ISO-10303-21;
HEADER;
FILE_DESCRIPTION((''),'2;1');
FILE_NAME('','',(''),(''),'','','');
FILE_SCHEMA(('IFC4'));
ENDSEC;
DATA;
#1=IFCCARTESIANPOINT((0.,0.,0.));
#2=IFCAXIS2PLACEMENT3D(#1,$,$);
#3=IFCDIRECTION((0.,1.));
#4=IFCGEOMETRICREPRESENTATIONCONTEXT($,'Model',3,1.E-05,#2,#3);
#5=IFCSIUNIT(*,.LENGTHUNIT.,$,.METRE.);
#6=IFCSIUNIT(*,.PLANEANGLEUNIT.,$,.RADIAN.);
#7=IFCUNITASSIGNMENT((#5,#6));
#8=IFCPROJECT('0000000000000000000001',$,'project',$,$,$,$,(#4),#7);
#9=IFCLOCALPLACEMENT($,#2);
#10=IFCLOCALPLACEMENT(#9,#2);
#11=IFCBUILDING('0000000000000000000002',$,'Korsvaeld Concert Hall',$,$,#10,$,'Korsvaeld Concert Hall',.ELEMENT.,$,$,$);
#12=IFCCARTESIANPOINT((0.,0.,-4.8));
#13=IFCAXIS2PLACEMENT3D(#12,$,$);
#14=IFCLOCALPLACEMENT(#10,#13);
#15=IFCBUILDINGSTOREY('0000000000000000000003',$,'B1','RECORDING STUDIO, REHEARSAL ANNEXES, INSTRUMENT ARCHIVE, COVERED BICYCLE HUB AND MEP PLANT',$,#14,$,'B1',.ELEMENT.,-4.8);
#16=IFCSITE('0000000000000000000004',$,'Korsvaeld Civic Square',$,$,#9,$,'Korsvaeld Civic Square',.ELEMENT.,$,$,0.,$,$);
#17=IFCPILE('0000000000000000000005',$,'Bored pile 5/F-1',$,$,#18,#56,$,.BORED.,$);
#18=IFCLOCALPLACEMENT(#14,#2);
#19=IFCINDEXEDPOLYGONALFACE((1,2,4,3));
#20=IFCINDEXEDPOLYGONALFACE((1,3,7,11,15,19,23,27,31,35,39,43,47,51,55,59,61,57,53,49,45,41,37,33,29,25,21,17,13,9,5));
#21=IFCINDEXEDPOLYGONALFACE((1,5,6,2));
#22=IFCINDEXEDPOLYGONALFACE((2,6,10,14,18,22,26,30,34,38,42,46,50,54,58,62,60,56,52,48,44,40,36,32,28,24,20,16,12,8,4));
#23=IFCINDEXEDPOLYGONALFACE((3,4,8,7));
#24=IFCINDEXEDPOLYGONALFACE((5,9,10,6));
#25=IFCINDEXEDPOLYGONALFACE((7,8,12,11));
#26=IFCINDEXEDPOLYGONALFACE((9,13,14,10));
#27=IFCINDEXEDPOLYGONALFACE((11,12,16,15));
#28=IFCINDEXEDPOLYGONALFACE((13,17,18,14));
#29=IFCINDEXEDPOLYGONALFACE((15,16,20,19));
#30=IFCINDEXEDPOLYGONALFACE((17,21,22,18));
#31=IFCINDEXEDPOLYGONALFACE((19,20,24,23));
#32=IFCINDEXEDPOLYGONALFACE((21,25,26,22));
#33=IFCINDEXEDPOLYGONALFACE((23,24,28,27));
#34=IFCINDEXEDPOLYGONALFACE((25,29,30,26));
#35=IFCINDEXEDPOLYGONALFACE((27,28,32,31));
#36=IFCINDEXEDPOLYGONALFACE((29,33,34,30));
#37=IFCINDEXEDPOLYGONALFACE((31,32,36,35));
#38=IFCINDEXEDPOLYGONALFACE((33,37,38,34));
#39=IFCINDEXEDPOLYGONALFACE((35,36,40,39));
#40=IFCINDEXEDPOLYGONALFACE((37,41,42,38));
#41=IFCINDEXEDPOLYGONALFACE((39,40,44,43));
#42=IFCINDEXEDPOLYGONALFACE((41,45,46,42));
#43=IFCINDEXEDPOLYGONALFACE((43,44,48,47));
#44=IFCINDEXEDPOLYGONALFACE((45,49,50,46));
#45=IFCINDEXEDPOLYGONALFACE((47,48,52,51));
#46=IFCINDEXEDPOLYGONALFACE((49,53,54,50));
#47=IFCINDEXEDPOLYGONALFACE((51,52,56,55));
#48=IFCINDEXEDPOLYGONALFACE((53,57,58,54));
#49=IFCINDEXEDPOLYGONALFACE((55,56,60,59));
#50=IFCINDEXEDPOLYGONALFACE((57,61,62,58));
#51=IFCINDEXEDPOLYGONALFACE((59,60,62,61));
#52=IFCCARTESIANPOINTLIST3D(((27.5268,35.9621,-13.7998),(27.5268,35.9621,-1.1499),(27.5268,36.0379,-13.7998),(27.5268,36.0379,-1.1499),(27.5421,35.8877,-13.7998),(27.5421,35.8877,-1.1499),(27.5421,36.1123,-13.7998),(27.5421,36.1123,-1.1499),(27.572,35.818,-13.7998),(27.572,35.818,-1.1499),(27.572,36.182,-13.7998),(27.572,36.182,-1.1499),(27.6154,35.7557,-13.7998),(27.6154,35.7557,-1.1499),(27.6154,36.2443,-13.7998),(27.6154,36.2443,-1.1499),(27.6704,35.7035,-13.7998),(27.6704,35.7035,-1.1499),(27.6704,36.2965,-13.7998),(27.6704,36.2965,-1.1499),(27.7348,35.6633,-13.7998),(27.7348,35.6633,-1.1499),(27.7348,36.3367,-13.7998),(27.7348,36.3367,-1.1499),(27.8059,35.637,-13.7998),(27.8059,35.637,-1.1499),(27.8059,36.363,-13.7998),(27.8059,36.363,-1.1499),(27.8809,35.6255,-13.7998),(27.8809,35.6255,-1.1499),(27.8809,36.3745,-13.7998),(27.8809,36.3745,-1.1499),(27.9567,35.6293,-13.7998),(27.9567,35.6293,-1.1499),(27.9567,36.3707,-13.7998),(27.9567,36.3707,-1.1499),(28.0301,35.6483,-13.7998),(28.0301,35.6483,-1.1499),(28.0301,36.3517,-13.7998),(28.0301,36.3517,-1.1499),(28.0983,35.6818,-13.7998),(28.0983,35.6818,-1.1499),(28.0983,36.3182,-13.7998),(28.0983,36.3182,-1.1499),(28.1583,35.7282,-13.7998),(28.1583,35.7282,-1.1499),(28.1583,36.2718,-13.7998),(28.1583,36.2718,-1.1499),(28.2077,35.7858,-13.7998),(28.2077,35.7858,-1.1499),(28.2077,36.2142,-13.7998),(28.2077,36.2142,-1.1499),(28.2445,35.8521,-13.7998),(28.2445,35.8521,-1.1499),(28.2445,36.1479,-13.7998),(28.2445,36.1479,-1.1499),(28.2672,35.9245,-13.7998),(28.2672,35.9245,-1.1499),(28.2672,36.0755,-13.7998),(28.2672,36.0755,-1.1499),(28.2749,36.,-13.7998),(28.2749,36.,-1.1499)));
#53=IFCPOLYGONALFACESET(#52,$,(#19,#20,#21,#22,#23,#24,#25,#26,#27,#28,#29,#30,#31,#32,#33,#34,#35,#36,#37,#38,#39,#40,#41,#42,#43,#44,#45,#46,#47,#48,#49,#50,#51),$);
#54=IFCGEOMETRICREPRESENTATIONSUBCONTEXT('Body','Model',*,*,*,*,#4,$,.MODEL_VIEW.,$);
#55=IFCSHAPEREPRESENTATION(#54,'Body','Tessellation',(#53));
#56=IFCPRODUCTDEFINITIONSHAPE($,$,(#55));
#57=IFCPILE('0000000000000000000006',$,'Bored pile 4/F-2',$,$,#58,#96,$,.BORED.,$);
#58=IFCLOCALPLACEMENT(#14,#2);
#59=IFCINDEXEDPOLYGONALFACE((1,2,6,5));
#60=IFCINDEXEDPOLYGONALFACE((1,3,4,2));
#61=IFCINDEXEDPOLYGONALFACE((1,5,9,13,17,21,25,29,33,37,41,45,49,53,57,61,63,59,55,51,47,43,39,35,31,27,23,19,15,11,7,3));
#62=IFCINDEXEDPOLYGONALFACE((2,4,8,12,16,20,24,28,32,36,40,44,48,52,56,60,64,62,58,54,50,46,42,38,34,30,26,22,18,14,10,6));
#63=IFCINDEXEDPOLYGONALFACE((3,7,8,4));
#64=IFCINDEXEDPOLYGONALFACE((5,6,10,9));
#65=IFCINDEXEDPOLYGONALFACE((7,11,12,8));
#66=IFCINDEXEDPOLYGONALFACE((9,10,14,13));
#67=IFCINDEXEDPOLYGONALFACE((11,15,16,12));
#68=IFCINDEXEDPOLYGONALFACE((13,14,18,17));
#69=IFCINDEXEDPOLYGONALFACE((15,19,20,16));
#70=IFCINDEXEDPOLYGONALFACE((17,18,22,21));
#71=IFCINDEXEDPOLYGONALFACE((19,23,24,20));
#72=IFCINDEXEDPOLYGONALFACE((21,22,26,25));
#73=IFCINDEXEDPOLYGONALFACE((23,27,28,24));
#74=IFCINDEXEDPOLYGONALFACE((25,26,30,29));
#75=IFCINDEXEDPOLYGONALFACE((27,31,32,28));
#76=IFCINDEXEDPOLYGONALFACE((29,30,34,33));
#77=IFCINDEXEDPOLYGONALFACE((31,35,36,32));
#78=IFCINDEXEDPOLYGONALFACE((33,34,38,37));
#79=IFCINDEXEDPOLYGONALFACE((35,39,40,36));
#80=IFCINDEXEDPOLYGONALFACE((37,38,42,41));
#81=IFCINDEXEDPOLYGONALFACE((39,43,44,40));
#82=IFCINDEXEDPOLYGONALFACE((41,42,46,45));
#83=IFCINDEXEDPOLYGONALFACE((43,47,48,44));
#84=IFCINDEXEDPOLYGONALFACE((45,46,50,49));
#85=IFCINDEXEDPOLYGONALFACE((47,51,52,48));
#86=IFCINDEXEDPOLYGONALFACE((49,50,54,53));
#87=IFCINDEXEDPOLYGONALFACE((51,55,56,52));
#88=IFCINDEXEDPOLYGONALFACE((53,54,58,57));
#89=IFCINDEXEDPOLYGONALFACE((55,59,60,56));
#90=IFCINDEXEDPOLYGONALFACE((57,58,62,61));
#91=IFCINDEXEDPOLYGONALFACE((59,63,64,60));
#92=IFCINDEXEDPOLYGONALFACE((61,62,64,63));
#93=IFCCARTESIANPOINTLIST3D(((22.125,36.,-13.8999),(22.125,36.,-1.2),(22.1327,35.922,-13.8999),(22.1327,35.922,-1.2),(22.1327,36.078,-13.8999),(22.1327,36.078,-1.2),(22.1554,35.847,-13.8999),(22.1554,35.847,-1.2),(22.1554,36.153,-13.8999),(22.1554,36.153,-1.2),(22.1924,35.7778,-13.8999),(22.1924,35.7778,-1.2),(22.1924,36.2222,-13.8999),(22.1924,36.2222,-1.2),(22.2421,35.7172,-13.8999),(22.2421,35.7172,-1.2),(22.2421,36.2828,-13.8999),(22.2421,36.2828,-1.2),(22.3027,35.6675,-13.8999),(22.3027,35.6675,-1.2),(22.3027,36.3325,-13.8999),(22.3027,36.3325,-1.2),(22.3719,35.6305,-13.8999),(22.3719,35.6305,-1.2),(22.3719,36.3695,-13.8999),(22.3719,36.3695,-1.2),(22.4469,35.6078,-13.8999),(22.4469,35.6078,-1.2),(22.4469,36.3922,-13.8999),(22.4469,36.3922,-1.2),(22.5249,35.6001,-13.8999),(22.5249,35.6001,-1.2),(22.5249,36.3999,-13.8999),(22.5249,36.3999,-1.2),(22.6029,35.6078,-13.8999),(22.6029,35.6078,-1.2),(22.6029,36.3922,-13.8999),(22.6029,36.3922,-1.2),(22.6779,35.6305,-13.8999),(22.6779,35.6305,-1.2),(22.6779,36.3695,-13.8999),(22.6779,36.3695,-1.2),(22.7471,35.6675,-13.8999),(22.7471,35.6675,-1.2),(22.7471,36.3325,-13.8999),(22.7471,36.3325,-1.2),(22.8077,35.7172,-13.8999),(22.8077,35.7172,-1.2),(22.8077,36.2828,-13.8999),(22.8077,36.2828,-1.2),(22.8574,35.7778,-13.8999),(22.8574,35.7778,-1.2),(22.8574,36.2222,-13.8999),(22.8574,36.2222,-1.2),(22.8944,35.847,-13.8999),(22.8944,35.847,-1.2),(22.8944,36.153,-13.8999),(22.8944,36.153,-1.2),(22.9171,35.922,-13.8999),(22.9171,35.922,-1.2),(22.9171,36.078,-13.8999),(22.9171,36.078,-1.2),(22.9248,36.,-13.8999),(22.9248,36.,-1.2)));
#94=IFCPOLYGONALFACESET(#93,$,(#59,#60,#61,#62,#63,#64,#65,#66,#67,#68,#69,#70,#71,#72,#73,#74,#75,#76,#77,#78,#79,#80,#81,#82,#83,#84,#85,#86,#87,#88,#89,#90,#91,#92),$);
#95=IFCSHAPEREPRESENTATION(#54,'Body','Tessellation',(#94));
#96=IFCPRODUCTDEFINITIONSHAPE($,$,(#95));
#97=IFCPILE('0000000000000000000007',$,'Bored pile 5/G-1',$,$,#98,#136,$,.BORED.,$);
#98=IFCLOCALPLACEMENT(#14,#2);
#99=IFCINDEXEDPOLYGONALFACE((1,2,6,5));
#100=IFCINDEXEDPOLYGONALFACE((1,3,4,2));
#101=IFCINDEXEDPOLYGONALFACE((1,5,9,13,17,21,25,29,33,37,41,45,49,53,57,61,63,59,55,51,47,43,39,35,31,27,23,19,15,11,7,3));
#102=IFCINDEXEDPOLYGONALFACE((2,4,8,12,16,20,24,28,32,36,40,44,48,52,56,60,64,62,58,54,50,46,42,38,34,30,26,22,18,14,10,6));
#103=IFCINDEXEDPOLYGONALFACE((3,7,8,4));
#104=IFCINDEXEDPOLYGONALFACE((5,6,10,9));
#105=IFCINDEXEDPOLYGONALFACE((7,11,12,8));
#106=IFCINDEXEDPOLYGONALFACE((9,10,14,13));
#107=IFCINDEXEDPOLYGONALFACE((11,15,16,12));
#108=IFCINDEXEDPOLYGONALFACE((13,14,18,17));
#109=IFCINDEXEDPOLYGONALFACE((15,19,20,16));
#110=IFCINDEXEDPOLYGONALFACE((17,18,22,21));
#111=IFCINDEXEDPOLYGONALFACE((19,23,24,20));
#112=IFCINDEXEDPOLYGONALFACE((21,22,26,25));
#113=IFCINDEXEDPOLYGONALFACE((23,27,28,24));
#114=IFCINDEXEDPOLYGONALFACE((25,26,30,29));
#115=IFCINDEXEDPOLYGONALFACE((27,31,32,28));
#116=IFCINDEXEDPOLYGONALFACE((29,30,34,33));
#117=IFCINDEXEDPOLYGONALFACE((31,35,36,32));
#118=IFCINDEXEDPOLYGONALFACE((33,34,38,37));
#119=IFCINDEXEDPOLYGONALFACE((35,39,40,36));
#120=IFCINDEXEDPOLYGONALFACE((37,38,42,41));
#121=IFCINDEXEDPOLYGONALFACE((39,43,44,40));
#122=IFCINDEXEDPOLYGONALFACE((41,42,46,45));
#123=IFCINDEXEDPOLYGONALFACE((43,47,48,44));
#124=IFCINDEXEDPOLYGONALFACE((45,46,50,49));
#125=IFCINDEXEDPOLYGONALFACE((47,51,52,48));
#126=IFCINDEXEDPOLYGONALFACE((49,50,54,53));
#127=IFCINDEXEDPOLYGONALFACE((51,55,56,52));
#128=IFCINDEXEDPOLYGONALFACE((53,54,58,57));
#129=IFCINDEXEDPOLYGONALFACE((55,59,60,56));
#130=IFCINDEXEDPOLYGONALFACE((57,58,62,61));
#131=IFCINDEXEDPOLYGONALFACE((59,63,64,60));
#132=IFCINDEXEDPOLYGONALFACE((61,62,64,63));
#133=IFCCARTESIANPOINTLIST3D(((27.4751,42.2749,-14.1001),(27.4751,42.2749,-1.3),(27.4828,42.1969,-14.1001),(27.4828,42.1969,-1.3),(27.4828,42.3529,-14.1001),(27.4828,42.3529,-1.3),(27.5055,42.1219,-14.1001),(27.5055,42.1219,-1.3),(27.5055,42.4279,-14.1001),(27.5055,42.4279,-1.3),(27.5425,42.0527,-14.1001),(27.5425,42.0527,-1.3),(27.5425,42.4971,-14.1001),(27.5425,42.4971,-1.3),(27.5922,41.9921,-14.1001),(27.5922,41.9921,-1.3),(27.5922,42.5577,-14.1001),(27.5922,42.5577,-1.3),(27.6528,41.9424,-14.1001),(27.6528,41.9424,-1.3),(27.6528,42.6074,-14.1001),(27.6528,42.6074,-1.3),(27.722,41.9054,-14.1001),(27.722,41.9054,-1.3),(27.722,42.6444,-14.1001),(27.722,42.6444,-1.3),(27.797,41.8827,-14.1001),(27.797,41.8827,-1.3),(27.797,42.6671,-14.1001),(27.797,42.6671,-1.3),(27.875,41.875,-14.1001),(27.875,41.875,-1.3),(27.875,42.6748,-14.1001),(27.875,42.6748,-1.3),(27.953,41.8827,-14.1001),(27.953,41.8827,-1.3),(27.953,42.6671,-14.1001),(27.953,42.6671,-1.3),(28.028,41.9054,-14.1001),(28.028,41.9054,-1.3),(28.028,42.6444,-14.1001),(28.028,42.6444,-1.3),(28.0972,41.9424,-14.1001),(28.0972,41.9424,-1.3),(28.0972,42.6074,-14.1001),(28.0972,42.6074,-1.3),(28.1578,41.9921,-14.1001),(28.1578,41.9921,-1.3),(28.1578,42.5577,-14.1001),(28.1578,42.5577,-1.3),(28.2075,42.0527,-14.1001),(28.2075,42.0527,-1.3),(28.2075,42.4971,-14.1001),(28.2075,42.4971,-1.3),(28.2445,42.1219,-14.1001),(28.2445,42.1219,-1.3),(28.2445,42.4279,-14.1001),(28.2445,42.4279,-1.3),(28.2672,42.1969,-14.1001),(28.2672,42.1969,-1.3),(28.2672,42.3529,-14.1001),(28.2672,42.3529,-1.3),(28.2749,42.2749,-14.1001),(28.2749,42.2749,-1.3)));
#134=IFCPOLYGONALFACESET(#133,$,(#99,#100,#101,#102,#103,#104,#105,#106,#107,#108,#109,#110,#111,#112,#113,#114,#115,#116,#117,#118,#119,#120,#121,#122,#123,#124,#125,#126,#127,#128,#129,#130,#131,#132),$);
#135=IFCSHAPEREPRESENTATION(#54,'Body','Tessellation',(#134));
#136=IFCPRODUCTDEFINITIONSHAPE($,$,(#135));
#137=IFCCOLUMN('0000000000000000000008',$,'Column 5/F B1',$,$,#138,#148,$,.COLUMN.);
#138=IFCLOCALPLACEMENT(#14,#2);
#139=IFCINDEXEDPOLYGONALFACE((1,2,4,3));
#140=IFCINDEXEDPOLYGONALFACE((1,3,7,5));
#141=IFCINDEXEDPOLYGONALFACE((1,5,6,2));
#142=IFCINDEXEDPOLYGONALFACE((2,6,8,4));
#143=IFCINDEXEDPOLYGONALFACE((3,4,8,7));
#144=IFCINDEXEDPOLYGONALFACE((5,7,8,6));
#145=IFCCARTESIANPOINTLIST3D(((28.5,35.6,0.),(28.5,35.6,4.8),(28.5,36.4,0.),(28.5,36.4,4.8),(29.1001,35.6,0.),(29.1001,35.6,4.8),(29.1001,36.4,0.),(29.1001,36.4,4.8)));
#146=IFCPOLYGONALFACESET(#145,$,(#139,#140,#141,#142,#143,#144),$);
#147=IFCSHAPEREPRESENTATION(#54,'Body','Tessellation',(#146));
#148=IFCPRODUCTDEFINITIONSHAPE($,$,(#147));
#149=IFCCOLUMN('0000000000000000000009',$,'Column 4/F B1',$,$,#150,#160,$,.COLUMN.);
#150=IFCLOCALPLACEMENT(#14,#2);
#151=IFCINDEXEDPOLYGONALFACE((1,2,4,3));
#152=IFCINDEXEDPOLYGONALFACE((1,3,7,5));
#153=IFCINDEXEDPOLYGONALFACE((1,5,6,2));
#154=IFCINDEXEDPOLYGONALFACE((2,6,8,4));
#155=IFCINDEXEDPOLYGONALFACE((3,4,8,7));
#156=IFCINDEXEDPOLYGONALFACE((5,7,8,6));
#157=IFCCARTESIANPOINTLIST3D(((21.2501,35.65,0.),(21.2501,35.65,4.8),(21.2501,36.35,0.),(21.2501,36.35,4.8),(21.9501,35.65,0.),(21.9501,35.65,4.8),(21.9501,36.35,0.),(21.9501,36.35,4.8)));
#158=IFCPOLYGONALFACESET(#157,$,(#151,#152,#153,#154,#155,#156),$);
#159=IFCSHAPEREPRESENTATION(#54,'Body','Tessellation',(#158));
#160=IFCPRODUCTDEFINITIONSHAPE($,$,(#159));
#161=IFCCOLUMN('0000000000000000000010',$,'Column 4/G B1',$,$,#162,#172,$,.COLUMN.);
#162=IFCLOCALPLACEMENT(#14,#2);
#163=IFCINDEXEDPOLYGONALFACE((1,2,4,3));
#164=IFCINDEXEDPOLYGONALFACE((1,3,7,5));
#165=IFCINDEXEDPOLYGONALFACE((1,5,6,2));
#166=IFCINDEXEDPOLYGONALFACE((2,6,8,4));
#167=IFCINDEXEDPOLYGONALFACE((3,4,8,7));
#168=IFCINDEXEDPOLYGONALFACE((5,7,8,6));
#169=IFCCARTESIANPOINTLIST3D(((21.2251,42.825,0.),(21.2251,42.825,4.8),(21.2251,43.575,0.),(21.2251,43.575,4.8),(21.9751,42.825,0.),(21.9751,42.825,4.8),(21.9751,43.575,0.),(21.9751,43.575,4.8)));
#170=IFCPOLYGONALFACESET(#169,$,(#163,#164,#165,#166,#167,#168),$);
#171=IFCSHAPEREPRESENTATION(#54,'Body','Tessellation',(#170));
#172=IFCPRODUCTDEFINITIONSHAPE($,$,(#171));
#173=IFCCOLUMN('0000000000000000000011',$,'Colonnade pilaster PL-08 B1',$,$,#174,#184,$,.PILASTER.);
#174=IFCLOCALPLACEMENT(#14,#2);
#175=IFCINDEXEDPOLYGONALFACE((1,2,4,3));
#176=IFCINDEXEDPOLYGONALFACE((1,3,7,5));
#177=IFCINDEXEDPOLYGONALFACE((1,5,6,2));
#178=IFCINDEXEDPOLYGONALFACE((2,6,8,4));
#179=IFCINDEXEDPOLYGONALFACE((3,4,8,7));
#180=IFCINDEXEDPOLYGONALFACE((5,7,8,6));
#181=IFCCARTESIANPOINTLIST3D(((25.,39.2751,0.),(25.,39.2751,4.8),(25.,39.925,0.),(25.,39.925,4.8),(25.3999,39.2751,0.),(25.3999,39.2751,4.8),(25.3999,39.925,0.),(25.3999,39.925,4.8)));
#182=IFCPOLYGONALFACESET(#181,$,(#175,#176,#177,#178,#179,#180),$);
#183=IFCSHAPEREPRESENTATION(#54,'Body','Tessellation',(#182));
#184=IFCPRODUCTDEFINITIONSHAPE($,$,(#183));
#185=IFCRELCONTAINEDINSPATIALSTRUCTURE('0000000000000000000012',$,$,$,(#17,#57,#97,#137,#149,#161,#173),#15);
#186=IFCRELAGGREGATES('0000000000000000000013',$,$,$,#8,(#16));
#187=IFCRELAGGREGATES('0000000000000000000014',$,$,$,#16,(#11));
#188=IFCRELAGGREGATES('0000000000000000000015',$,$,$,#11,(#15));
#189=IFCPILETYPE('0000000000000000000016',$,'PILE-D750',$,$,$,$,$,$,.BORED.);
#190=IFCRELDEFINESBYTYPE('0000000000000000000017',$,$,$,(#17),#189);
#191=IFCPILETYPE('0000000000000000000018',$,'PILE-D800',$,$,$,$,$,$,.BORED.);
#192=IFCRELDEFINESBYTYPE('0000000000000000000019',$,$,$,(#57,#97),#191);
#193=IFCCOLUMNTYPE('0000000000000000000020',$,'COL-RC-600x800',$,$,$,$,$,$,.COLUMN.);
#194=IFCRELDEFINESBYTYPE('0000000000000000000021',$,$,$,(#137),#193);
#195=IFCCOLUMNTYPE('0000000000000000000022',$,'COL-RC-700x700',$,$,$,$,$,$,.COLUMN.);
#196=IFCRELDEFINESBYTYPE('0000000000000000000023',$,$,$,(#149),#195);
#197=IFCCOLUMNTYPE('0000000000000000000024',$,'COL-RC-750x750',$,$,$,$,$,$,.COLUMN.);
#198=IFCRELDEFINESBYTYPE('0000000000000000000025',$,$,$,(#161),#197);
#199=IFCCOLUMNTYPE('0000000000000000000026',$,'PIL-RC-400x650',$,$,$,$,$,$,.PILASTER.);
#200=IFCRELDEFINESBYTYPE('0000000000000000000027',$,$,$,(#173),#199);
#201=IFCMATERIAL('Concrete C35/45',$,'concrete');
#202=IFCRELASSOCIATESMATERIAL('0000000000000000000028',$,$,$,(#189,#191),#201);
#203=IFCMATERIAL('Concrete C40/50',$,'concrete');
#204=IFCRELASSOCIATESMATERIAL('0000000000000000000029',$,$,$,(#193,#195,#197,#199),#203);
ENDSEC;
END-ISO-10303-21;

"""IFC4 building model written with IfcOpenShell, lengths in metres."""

from ifc_helpers import new_model, si_unit, direction, frame, origin, origin_2d, place, context, subcontext, project, spatial, rectangle, circle, extrude, material, material_profile, profile_set, type_object, element, save


model = new_model("IFC4")

# Units and contexts
model_context = context("Model", 3, precision=1e-05, world=origin(), true_north=direction((0.0, 1.0)))
body_context = subcontext(model_context, "Body", "Model", "MODEL_VIEW")
ifc_project = project(units=[si_unit("LENGTHUNIT", "METRE"), si_unit("PLANEANGLEUNIT", "RADIAN")], contexts=[model_context])

# Site, building, storey
site_placement = place(None, origin())
site = spatial("IfcSite", under=ifc_project, at=site_placement, Name="Korsvaeld Civic Square", LongName="Korsvaeld Civic Square", CompositionType="ELEMENT", RefElevation=0.0)
building_placement = place(site_placement, origin())
building = spatial("IfcBuilding", under=site, at=building_placement, Name="Korsvaeld Concert Hall", LongName="Korsvaeld Concert Hall", CompositionType="ELEMENT")
storey_placement = place(building_placement, frame((0.0, 0.0, -4.8)))
storey = spatial("IfcBuildingStorey", under=building, at=storey_placement, Name="B1", Description="RECORDING STUDIO, REHEARSAL ANNEXES, INSTRUMENT ARCHIVE, COVERED BICYCLE HUB AND MEP PLANT", LongName="B1", CompositionType="ELEMENT", Elevation=-4.8)

# Shared definitions
ifc_material_1 = material(Name="Concrete C35/45", Category="concrete")

# Piles
ifc_material_profile_1 = material_profile(ifc_material_1, circle(Radius=0.375, at=origin_2d()), Name="BORED PILE D750")
ifc_profile_set_1 = profile_set([ifc_material_profile_1], Name="Concrete C35/45")
pile_type_1 = type_object("IfcPileType", Name="PILE-D750", PredefinedType="BORED", material=ifc_profile_set_1)
pile_1_placement = place(storey_placement, frame((27.8999, 36.0, -1.1499), z_axis=(0.0, 0.0, -1.0), x_axis=(1.0, 0.0, 0.0)))
element("IfcPile", 1, at=pile_1_placement, inside=storey, type_object=pile_type_1, Name="Bored pile 5/F-1", PredefinedType="BORED", context=body_context, shape_type="SweptSolid", body=[
    extrude(circle(Radius=0.375, at=origin_2d()), origin(), (0.0, 0.0, 1.0), 12.6499),
])
ifc_material_profile_2 = material_profile(ifc_material_1, circle(Radius=0.3999, at=origin_2d()), Name="BORED PILE D800")
ifc_profile_set_2 = profile_set([ifc_material_profile_2], Name="Concrete C35/45")
pile_type_2 = type_object("IfcPileType", Name="PILE-D800", PredefinedType="BORED", material=ifc_profile_set_2)
pile_2_placement = place(storey_placement, frame((22.5249, 36.0, -1.2), z_axis=(0.0, 0.0, -1.0), x_axis=(1.0, 0.0, 0.0)))
element("IfcPile", 2, at=pile_2_placement, inside=storey, type_object=pile_type_2, Name="Bored pile 4/F-2", PredefinedType="BORED", context=body_context, shape_type="SweptSolid", body=[
    extrude(circle(Radius=0.3999, at=origin_2d()), origin(), (0.0, 0.0, 1.0), 12.7),
])
pile_3_placement = place(storey_placement, frame((27.875, 42.2749, -1.3), z_axis=(0.0, 0.0, -1.0), x_axis=(1.0, 0.0, 0.0)))
element("IfcPile", 3, at=pile_3_placement, inside=storey, type_object=pile_type_2, Name="Bored pile 5/G-1", PredefinedType="BORED", context=body_context, shape_type="SweptSolid", body=[
    extrude(circle(Radius=0.3999, at=origin_2d()), origin(), (0.0, 0.0, 1.0), 12.8),
])

# Columns
ifc_material_2 = material(Name="Concrete C40/50", Category="concrete")
ifc_material_profile_3 = material_profile(ifc_material_2, rectangle(XDim=0.6001, YDim=0.8, at=origin_2d()), Name="RC 600x800")
ifc_profile_set_3 = profile_set([ifc_material_profile_3], Name="Concrete C40/50")
column_type_1 = type_object("IfcColumnType", Name="COL-RC-600x800", PredefinedType="COLUMN", material=ifc_profile_set_3)
column_1_placement = place(storey_placement, frame((28.8, 36.0, 0.0), z_axis=(0.0, 0.0, 1.0), x_axis=(1.0, 0.0, 0.0)))
element("IfcColumn", 4, at=column_1_placement, inside=storey, type_object=column_type_1, Name="Column 5/F B1", PredefinedType="COLUMN", context=body_context, shape_type="SweptSolid", body=[
    extrude(rectangle(XDim=0.6001, YDim=0.8, at=origin_2d()), origin(), (0.0, 0.0, 1.0), 4.8),
])
ifc_material_profile_4 = material_profile(ifc_material_2, rectangle(XDim=0.7, YDim=0.7, at=origin_2d()), Name="RC 700x700")
ifc_profile_set_4 = profile_set([ifc_material_profile_4], Name="Concrete C40/50")
column_type_2 = type_object("IfcColumnType", Name="COL-RC-700x700", PredefinedType="COLUMN", material=ifc_profile_set_4)
column_2_placement = place(storey_placement, frame((21.6001, 36.0, 0.0), z_axis=(0.0, 0.0, 1.0), x_axis=(1.0, 0.0, 0.0)))
element("IfcColumn", 5, at=column_2_placement, inside=storey, type_object=column_type_2, Name="Column 4/F B1", PredefinedType="COLUMN", context=body_context, shape_type="SweptSolid", body=[
    extrude(rectangle(XDim=0.7, YDim=0.7, at=origin_2d()), origin(), (0.0, 0.0, 1.0), 4.8),
])
ifc_material_profile_5 = material_profile(ifc_material_2, rectangle(XDim=0.75, YDim=0.75, at=origin_2d()), Name="RC 750x750")
ifc_profile_set_5 = profile_set([ifc_material_profile_5], Name="Concrete C40/50")
column_type_3 = type_object("IfcColumnType", Name="COL-RC-750x750", PredefinedType="COLUMN", material=ifc_profile_set_5)
column_3_placement = place(storey_placement, frame((21.6001, 43.2, 0.0), z_axis=(0.0, 0.0, 1.0), x_axis=(1.0, 0.0, 0.0)))
element("IfcColumn", 6, at=column_3_placement, inside=storey, type_object=column_type_3, Name="Column 4/G B1", PredefinedType="COLUMN", context=body_context, shape_type="SweptSolid", body=[
    extrude(rectangle(XDim=0.75, YDim=0.75, at=origin_2d()), origin(), (0.0, 0.0, 1.0), 4.8),
])
ifc_material_profile_6 = material_profile(ifc_material_2, rectangle(XDim=0.3999, YDim=0.6499, at=origin_2d()), Name="RC 400x650")
ifc_profile_set_6 = profile_set([ifc_material_profile_6], Name="Concrete C40/50")
column_type_4 = type_object("IfcColumnType", Name="PIL-RC-400x650", PredefinedType="PILASTER", material=ifc_profile_set_6)
column_4_placement = place(storey_placement, frame((25.2, 39.6001, 0.0), z_axis=(0.0, 0.0, 1.0), x_axis=(1.0, 0.0, 0.0)))
element("IfcColumn", 7, at=column_4_placement, inside=storey, type_object=column_type_4, Name="Colonnade pilaster PL-08 B1", PredefinedType="PILASTER", context=body_context, shape_type="SweptSolid", body=[
    extrude(rectangle(XDim=0.3999, YDim=0.6499, at=origin_2d()), origin(), (0.0, 0.0, 1.0), 4.8),
])

save(model, "model.ifc")
